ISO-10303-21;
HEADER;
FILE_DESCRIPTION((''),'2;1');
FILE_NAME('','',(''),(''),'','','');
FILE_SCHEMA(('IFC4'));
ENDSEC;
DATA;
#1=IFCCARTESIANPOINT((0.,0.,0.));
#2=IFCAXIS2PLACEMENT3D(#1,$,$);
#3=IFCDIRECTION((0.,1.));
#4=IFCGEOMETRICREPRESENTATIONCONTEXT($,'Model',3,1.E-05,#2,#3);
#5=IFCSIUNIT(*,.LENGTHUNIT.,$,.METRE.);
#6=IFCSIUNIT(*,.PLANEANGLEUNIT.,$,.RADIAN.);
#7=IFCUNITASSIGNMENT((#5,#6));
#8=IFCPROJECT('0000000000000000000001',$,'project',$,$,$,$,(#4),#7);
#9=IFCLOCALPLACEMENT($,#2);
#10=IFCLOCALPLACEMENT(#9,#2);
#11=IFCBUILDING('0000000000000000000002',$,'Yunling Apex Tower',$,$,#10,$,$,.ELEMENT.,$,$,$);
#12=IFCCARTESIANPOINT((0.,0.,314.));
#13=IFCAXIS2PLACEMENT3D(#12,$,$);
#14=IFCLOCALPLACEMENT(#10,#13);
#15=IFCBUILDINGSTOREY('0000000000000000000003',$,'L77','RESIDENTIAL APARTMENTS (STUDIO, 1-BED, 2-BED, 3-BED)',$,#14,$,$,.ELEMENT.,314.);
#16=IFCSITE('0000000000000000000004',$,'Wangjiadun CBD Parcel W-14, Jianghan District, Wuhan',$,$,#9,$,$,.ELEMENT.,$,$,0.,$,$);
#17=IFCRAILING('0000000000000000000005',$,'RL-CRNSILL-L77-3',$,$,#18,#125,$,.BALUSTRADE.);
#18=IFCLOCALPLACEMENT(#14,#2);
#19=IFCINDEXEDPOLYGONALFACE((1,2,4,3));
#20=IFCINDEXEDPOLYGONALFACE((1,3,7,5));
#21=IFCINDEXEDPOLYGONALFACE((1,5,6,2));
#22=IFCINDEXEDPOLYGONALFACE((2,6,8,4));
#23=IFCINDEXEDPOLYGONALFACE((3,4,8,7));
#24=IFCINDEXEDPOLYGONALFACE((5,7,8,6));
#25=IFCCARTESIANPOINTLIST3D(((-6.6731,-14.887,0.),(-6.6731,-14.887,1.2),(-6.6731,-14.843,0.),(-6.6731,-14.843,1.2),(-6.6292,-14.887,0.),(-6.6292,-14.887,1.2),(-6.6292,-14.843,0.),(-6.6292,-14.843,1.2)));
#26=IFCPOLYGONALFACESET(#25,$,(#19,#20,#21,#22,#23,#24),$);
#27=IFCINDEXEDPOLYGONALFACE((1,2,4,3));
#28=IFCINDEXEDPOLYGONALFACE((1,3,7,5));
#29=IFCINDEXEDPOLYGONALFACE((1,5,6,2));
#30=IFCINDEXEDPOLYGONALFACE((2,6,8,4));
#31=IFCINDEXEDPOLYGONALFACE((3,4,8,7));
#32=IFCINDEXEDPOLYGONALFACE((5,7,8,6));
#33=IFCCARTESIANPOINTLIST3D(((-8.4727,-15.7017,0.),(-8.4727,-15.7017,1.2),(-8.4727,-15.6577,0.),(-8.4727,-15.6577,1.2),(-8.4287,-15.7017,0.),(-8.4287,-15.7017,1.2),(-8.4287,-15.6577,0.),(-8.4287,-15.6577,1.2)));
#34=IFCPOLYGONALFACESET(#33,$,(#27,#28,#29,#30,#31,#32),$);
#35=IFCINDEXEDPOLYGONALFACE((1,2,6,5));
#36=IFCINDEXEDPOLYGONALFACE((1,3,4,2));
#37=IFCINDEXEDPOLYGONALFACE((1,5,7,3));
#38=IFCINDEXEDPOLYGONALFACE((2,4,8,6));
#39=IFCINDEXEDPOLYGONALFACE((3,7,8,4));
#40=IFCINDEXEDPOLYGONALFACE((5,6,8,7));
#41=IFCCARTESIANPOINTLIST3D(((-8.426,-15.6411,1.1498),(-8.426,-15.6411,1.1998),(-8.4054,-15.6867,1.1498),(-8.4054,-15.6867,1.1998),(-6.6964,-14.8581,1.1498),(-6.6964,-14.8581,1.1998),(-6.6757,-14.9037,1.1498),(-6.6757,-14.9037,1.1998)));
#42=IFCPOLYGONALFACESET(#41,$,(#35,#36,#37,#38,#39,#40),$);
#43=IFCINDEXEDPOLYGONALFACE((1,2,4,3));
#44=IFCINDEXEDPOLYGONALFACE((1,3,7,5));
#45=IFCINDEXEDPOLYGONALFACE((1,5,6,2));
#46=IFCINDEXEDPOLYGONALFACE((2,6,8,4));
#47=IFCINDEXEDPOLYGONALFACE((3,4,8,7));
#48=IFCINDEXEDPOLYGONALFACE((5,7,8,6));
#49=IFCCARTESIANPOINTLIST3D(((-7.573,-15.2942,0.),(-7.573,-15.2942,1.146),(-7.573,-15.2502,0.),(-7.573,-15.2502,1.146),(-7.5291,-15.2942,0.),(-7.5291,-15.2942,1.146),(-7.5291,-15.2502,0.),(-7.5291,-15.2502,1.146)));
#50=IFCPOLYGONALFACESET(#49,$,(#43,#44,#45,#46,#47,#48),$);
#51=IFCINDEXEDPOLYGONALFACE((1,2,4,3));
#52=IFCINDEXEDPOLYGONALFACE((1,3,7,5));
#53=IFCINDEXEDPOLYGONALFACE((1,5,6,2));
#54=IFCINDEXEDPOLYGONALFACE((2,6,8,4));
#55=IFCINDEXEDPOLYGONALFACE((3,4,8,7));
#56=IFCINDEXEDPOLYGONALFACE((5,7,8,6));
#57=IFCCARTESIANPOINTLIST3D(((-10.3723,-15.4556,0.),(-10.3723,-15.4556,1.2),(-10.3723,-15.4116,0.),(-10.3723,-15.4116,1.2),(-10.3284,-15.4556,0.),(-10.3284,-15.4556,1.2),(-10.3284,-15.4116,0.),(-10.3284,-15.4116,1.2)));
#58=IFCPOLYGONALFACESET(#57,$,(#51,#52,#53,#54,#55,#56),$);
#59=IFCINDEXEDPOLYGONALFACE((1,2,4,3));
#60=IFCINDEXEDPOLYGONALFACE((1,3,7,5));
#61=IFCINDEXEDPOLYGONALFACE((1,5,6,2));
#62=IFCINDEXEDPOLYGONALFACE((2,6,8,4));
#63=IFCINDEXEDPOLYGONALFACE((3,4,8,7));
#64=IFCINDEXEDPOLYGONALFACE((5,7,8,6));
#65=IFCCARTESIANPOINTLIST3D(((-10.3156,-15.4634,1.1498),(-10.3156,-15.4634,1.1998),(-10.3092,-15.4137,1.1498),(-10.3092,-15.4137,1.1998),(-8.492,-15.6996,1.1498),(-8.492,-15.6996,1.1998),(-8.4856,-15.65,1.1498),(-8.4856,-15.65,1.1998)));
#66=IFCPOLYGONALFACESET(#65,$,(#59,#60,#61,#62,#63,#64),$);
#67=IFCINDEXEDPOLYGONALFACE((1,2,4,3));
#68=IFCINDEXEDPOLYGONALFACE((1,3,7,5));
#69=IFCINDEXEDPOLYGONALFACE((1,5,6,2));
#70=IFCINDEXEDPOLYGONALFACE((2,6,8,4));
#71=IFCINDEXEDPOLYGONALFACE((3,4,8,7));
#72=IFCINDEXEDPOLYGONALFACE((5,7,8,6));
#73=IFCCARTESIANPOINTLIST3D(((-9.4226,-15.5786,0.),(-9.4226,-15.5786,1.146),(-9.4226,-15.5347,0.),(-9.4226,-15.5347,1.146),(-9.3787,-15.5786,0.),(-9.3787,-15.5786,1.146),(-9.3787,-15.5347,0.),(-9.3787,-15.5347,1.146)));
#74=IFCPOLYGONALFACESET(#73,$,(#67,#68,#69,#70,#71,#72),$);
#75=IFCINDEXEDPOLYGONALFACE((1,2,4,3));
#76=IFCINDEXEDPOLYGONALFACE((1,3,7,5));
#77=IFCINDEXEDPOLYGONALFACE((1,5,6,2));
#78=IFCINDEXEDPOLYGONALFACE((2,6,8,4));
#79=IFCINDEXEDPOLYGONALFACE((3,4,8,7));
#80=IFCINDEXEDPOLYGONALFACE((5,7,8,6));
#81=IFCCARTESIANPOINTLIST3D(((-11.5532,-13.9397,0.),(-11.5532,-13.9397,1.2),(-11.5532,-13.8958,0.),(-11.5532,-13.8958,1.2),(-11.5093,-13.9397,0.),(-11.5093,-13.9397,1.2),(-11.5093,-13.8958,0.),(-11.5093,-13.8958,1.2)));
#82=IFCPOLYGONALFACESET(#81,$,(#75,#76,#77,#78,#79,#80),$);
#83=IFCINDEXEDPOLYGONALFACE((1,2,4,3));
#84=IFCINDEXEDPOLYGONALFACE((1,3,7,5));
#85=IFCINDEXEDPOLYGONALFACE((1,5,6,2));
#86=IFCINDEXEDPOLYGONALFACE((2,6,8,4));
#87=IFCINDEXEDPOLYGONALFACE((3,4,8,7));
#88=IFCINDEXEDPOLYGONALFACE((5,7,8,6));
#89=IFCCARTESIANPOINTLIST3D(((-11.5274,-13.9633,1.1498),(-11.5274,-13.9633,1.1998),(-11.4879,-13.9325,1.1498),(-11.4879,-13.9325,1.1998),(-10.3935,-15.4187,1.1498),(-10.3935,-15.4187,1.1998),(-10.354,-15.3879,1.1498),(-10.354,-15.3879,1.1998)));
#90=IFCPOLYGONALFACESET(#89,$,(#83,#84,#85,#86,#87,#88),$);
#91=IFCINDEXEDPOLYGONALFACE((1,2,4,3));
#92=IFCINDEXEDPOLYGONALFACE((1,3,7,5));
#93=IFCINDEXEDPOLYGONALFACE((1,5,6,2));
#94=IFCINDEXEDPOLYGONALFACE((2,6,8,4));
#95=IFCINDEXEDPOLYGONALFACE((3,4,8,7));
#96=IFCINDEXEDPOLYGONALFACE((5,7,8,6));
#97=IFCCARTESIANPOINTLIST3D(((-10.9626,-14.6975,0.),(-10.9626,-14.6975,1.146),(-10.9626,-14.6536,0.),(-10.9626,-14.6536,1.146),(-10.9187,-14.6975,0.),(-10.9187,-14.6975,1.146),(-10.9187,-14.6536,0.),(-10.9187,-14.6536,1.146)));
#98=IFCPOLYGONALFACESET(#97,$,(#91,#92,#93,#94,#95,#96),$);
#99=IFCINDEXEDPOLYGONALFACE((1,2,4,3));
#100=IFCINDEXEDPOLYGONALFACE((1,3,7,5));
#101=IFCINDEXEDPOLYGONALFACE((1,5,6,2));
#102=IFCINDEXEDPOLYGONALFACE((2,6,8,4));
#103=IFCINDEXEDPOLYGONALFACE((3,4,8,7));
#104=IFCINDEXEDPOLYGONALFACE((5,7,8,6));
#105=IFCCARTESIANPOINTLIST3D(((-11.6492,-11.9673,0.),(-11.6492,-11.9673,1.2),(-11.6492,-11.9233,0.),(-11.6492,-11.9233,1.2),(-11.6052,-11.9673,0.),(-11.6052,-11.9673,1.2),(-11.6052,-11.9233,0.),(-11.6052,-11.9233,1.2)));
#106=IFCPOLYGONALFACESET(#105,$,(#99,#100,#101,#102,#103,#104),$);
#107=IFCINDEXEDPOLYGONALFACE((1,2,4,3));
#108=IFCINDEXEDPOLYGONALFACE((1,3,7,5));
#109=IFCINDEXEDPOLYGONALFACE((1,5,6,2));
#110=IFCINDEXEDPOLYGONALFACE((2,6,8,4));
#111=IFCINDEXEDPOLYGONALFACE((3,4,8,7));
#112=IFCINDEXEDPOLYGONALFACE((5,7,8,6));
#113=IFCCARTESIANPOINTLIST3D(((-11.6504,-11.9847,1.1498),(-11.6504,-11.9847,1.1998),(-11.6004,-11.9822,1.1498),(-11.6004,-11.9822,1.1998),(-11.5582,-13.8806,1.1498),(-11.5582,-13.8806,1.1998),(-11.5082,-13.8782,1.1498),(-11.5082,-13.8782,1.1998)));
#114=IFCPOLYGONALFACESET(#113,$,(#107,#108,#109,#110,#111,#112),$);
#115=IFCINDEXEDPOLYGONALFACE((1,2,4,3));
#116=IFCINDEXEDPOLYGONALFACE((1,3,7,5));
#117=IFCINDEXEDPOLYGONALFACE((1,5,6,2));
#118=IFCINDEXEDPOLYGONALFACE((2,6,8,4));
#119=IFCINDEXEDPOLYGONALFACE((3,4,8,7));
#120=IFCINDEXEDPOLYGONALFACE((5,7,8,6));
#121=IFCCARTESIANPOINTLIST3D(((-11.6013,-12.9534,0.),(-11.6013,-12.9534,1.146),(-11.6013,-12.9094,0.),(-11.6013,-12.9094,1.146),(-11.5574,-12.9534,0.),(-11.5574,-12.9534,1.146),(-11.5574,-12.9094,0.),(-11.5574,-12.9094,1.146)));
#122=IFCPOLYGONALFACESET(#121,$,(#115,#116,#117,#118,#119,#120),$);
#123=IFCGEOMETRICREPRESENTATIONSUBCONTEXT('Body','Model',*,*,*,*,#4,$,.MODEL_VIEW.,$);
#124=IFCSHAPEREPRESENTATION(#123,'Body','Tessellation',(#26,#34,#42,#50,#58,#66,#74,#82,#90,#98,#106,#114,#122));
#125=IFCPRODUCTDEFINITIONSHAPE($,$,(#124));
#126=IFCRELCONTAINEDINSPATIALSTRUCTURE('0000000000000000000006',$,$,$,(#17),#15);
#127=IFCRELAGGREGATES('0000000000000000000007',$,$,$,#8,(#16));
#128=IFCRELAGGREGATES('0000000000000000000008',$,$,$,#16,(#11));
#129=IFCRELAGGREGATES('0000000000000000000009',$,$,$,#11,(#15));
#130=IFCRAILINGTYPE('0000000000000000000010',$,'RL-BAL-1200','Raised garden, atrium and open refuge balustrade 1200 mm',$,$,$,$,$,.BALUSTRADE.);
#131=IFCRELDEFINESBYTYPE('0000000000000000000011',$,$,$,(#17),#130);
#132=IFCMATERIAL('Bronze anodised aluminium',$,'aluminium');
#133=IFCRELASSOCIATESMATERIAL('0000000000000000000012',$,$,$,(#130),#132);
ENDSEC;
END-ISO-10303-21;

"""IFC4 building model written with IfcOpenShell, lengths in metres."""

from ifc_helpers import new_model, si_unit, direction, frame, origin, origin_2d, place, context, subcontext, project, spatial, rectangle, extrude, material, type_object, element, save


model = new_model("IFC4")

# Units and contexts
model_context = context("Model", 3, precision=1e-05, world=origin(), true_north=direction((0.0, 1.0)))
body_context = subcontext(model_context, "Body", "Model", "MODEL_VIEW")
ifc_project = project(units=[si_unit("LENGTHUNIT", "METRE"), si_unit("PLANEANGLEUNIT", "RADIAN")], contexts=[model_context])

# Site, building, storey
site_placement = place(None, origin())
site = spatial("IfcSite", under=ifc_project, at=site_placement, Name="Wangjiadun CBD Parcel W-14, Jianghan District, Wuhan", CompositionType="ELEMENT", RefElevation=0.0)
building_placement = place(site_placement, origin())
building = spatial("IfcBuilding", under=site, at=building_placement, Name="Yunling Apex Tower", CompositionType="ELEMENT")
storey_placement = place(building_placement, frame((0.0, 0.0, 314.0)))
storey = spatial("IfcBuildingStorey", under=building, at=storey_placement, Name="L77", Description="RESIDENTIAL APARTMENTS (STUDIO, 1-BED, 2-BED, 3-BED)", CompositionType="ELEMENT", Elevation=314.0)

# Shared definitions
ifc_material_1 = material(Name="Bronze anodised aluminium", Category="aluminium")

# Railing
railing_type = type_object("IfcRailingType", Name="RL-BAL-1200", Description="Raised garden, atrium and open refuge balustrade 1200 mm", PredefinedType="BALUSTRADE", material=ifc_material_1)
railing_placement = place(storey_placement, frame((-6.6511, -14.865, 0.0)))
element("IfcRailing", 1, at=railing_placement, inside=storey, type_object=railing_type, Name="RL-CRNSILL-L77-3", PredefinedType="BALUSTRADE", context=body_context, shape_type="SweptSolid", body=[
    extrude(rectangle(XDim=0.0439, YDim=0.0439, at=origin_2d()), origin(), (0.0, 0.0, 1.0), 1.2),
    extrude(rectangle(XDim=0.0439, YDim=0.0439, at=origin_2d()), frame((-1.7996, -0.8147, 0.0)), (0.0, 0.0, 1.0), 1.2),
    extrude(rectangle(XDim=0.05, YDim=0.05, at=origin_2d()), frame((-0.0349, -0.0159, 1.1748), z_axis=(-0.910992, -0.412424, 0.0), x_axis=(0.412424, -0.910992, 0.0)), (0.0, 0.0, 1.0), 1.8987),
    extrude(rectangle(XDim=0.0439, YDim=0.0439, at=origin_2d()), frame((-0.8999, -0.4072, 0.0)), (0.0, 0.0, 1.0), 1.146),
    extrude(rectangle(XDim=0.0439, YDim=0.0439, at=origin_2d()), frame((-3.6992, -0.5686, 0.0)), (0.0, 0.0, 1.0), 1.2),
    extrude(rectangle(XDim=0.05, YDim=0.05, at=origin_2d()), frame((-1.8376, -0.8098, 1.1748), z_axis=(-0.991713, 0.128473, 0.0), x_axis=(-0.128473, -0.991713, 0.0)), (0.0, 0.0, 1.0), 1.8389),
    extrude(rectangle(XDim=0.0439, YDim=0.0439, at=origin_2d()), frame((-2.7495, -0.6917, 0.0)), (0.0, 0.0, 1.0), 1.146),
    extrude(rectangle(XDim=0.0439, YDim=0.0439, at=origin_2d()), frame((-4.8801, 0.9473, 0.0)), (0.0, 0.0, 1.0), 1.2),
    extrude(rectangle(XDim=0.05, YDim=0.05, at=origin_2d()), frame((-3.7227, -0.5383, 1.1748), z_axis=(-0.614556, 0.788873, 0.0), x_axis=(-0.788873, -0.614556, 0.0)), (0.0, 0.0, 1.0), 1.845),
    extrude(rectangle(XDim=0.0439, YDim=0.0439, at=origin_2d()), frame((-4.2896, 0.1895, 0.0)), (0.0, 0.0, 1.0), 1.146),
    extrude(rectangle(XDim=0.0439, YDim=0.0439, at=origin_2d()), frame((-4.9761, 2.9197, 0.0)), (0.0, 0.0, 1.0), 1.2),
    extrude(rectangle(XDim=0.05, YDim=0.05, at=origin_2d()), frame((-4.8821, 0.9856, 1.1748), z_axis=(-0.048587, 0.998819, 0.0), x_axis=(-0.998819, -0.048587, 0.0)), (0.0, 0.0, 1.0), 1.8982),
    extrude(rectangle(XDim=0.0439, YDim=0.0439, at=origin_2d()), frame((-4.9282, 1.9336, 0.0)), (0.0, 0.0, 1.0), 1.146),
])

save(model, "model.ifc")
